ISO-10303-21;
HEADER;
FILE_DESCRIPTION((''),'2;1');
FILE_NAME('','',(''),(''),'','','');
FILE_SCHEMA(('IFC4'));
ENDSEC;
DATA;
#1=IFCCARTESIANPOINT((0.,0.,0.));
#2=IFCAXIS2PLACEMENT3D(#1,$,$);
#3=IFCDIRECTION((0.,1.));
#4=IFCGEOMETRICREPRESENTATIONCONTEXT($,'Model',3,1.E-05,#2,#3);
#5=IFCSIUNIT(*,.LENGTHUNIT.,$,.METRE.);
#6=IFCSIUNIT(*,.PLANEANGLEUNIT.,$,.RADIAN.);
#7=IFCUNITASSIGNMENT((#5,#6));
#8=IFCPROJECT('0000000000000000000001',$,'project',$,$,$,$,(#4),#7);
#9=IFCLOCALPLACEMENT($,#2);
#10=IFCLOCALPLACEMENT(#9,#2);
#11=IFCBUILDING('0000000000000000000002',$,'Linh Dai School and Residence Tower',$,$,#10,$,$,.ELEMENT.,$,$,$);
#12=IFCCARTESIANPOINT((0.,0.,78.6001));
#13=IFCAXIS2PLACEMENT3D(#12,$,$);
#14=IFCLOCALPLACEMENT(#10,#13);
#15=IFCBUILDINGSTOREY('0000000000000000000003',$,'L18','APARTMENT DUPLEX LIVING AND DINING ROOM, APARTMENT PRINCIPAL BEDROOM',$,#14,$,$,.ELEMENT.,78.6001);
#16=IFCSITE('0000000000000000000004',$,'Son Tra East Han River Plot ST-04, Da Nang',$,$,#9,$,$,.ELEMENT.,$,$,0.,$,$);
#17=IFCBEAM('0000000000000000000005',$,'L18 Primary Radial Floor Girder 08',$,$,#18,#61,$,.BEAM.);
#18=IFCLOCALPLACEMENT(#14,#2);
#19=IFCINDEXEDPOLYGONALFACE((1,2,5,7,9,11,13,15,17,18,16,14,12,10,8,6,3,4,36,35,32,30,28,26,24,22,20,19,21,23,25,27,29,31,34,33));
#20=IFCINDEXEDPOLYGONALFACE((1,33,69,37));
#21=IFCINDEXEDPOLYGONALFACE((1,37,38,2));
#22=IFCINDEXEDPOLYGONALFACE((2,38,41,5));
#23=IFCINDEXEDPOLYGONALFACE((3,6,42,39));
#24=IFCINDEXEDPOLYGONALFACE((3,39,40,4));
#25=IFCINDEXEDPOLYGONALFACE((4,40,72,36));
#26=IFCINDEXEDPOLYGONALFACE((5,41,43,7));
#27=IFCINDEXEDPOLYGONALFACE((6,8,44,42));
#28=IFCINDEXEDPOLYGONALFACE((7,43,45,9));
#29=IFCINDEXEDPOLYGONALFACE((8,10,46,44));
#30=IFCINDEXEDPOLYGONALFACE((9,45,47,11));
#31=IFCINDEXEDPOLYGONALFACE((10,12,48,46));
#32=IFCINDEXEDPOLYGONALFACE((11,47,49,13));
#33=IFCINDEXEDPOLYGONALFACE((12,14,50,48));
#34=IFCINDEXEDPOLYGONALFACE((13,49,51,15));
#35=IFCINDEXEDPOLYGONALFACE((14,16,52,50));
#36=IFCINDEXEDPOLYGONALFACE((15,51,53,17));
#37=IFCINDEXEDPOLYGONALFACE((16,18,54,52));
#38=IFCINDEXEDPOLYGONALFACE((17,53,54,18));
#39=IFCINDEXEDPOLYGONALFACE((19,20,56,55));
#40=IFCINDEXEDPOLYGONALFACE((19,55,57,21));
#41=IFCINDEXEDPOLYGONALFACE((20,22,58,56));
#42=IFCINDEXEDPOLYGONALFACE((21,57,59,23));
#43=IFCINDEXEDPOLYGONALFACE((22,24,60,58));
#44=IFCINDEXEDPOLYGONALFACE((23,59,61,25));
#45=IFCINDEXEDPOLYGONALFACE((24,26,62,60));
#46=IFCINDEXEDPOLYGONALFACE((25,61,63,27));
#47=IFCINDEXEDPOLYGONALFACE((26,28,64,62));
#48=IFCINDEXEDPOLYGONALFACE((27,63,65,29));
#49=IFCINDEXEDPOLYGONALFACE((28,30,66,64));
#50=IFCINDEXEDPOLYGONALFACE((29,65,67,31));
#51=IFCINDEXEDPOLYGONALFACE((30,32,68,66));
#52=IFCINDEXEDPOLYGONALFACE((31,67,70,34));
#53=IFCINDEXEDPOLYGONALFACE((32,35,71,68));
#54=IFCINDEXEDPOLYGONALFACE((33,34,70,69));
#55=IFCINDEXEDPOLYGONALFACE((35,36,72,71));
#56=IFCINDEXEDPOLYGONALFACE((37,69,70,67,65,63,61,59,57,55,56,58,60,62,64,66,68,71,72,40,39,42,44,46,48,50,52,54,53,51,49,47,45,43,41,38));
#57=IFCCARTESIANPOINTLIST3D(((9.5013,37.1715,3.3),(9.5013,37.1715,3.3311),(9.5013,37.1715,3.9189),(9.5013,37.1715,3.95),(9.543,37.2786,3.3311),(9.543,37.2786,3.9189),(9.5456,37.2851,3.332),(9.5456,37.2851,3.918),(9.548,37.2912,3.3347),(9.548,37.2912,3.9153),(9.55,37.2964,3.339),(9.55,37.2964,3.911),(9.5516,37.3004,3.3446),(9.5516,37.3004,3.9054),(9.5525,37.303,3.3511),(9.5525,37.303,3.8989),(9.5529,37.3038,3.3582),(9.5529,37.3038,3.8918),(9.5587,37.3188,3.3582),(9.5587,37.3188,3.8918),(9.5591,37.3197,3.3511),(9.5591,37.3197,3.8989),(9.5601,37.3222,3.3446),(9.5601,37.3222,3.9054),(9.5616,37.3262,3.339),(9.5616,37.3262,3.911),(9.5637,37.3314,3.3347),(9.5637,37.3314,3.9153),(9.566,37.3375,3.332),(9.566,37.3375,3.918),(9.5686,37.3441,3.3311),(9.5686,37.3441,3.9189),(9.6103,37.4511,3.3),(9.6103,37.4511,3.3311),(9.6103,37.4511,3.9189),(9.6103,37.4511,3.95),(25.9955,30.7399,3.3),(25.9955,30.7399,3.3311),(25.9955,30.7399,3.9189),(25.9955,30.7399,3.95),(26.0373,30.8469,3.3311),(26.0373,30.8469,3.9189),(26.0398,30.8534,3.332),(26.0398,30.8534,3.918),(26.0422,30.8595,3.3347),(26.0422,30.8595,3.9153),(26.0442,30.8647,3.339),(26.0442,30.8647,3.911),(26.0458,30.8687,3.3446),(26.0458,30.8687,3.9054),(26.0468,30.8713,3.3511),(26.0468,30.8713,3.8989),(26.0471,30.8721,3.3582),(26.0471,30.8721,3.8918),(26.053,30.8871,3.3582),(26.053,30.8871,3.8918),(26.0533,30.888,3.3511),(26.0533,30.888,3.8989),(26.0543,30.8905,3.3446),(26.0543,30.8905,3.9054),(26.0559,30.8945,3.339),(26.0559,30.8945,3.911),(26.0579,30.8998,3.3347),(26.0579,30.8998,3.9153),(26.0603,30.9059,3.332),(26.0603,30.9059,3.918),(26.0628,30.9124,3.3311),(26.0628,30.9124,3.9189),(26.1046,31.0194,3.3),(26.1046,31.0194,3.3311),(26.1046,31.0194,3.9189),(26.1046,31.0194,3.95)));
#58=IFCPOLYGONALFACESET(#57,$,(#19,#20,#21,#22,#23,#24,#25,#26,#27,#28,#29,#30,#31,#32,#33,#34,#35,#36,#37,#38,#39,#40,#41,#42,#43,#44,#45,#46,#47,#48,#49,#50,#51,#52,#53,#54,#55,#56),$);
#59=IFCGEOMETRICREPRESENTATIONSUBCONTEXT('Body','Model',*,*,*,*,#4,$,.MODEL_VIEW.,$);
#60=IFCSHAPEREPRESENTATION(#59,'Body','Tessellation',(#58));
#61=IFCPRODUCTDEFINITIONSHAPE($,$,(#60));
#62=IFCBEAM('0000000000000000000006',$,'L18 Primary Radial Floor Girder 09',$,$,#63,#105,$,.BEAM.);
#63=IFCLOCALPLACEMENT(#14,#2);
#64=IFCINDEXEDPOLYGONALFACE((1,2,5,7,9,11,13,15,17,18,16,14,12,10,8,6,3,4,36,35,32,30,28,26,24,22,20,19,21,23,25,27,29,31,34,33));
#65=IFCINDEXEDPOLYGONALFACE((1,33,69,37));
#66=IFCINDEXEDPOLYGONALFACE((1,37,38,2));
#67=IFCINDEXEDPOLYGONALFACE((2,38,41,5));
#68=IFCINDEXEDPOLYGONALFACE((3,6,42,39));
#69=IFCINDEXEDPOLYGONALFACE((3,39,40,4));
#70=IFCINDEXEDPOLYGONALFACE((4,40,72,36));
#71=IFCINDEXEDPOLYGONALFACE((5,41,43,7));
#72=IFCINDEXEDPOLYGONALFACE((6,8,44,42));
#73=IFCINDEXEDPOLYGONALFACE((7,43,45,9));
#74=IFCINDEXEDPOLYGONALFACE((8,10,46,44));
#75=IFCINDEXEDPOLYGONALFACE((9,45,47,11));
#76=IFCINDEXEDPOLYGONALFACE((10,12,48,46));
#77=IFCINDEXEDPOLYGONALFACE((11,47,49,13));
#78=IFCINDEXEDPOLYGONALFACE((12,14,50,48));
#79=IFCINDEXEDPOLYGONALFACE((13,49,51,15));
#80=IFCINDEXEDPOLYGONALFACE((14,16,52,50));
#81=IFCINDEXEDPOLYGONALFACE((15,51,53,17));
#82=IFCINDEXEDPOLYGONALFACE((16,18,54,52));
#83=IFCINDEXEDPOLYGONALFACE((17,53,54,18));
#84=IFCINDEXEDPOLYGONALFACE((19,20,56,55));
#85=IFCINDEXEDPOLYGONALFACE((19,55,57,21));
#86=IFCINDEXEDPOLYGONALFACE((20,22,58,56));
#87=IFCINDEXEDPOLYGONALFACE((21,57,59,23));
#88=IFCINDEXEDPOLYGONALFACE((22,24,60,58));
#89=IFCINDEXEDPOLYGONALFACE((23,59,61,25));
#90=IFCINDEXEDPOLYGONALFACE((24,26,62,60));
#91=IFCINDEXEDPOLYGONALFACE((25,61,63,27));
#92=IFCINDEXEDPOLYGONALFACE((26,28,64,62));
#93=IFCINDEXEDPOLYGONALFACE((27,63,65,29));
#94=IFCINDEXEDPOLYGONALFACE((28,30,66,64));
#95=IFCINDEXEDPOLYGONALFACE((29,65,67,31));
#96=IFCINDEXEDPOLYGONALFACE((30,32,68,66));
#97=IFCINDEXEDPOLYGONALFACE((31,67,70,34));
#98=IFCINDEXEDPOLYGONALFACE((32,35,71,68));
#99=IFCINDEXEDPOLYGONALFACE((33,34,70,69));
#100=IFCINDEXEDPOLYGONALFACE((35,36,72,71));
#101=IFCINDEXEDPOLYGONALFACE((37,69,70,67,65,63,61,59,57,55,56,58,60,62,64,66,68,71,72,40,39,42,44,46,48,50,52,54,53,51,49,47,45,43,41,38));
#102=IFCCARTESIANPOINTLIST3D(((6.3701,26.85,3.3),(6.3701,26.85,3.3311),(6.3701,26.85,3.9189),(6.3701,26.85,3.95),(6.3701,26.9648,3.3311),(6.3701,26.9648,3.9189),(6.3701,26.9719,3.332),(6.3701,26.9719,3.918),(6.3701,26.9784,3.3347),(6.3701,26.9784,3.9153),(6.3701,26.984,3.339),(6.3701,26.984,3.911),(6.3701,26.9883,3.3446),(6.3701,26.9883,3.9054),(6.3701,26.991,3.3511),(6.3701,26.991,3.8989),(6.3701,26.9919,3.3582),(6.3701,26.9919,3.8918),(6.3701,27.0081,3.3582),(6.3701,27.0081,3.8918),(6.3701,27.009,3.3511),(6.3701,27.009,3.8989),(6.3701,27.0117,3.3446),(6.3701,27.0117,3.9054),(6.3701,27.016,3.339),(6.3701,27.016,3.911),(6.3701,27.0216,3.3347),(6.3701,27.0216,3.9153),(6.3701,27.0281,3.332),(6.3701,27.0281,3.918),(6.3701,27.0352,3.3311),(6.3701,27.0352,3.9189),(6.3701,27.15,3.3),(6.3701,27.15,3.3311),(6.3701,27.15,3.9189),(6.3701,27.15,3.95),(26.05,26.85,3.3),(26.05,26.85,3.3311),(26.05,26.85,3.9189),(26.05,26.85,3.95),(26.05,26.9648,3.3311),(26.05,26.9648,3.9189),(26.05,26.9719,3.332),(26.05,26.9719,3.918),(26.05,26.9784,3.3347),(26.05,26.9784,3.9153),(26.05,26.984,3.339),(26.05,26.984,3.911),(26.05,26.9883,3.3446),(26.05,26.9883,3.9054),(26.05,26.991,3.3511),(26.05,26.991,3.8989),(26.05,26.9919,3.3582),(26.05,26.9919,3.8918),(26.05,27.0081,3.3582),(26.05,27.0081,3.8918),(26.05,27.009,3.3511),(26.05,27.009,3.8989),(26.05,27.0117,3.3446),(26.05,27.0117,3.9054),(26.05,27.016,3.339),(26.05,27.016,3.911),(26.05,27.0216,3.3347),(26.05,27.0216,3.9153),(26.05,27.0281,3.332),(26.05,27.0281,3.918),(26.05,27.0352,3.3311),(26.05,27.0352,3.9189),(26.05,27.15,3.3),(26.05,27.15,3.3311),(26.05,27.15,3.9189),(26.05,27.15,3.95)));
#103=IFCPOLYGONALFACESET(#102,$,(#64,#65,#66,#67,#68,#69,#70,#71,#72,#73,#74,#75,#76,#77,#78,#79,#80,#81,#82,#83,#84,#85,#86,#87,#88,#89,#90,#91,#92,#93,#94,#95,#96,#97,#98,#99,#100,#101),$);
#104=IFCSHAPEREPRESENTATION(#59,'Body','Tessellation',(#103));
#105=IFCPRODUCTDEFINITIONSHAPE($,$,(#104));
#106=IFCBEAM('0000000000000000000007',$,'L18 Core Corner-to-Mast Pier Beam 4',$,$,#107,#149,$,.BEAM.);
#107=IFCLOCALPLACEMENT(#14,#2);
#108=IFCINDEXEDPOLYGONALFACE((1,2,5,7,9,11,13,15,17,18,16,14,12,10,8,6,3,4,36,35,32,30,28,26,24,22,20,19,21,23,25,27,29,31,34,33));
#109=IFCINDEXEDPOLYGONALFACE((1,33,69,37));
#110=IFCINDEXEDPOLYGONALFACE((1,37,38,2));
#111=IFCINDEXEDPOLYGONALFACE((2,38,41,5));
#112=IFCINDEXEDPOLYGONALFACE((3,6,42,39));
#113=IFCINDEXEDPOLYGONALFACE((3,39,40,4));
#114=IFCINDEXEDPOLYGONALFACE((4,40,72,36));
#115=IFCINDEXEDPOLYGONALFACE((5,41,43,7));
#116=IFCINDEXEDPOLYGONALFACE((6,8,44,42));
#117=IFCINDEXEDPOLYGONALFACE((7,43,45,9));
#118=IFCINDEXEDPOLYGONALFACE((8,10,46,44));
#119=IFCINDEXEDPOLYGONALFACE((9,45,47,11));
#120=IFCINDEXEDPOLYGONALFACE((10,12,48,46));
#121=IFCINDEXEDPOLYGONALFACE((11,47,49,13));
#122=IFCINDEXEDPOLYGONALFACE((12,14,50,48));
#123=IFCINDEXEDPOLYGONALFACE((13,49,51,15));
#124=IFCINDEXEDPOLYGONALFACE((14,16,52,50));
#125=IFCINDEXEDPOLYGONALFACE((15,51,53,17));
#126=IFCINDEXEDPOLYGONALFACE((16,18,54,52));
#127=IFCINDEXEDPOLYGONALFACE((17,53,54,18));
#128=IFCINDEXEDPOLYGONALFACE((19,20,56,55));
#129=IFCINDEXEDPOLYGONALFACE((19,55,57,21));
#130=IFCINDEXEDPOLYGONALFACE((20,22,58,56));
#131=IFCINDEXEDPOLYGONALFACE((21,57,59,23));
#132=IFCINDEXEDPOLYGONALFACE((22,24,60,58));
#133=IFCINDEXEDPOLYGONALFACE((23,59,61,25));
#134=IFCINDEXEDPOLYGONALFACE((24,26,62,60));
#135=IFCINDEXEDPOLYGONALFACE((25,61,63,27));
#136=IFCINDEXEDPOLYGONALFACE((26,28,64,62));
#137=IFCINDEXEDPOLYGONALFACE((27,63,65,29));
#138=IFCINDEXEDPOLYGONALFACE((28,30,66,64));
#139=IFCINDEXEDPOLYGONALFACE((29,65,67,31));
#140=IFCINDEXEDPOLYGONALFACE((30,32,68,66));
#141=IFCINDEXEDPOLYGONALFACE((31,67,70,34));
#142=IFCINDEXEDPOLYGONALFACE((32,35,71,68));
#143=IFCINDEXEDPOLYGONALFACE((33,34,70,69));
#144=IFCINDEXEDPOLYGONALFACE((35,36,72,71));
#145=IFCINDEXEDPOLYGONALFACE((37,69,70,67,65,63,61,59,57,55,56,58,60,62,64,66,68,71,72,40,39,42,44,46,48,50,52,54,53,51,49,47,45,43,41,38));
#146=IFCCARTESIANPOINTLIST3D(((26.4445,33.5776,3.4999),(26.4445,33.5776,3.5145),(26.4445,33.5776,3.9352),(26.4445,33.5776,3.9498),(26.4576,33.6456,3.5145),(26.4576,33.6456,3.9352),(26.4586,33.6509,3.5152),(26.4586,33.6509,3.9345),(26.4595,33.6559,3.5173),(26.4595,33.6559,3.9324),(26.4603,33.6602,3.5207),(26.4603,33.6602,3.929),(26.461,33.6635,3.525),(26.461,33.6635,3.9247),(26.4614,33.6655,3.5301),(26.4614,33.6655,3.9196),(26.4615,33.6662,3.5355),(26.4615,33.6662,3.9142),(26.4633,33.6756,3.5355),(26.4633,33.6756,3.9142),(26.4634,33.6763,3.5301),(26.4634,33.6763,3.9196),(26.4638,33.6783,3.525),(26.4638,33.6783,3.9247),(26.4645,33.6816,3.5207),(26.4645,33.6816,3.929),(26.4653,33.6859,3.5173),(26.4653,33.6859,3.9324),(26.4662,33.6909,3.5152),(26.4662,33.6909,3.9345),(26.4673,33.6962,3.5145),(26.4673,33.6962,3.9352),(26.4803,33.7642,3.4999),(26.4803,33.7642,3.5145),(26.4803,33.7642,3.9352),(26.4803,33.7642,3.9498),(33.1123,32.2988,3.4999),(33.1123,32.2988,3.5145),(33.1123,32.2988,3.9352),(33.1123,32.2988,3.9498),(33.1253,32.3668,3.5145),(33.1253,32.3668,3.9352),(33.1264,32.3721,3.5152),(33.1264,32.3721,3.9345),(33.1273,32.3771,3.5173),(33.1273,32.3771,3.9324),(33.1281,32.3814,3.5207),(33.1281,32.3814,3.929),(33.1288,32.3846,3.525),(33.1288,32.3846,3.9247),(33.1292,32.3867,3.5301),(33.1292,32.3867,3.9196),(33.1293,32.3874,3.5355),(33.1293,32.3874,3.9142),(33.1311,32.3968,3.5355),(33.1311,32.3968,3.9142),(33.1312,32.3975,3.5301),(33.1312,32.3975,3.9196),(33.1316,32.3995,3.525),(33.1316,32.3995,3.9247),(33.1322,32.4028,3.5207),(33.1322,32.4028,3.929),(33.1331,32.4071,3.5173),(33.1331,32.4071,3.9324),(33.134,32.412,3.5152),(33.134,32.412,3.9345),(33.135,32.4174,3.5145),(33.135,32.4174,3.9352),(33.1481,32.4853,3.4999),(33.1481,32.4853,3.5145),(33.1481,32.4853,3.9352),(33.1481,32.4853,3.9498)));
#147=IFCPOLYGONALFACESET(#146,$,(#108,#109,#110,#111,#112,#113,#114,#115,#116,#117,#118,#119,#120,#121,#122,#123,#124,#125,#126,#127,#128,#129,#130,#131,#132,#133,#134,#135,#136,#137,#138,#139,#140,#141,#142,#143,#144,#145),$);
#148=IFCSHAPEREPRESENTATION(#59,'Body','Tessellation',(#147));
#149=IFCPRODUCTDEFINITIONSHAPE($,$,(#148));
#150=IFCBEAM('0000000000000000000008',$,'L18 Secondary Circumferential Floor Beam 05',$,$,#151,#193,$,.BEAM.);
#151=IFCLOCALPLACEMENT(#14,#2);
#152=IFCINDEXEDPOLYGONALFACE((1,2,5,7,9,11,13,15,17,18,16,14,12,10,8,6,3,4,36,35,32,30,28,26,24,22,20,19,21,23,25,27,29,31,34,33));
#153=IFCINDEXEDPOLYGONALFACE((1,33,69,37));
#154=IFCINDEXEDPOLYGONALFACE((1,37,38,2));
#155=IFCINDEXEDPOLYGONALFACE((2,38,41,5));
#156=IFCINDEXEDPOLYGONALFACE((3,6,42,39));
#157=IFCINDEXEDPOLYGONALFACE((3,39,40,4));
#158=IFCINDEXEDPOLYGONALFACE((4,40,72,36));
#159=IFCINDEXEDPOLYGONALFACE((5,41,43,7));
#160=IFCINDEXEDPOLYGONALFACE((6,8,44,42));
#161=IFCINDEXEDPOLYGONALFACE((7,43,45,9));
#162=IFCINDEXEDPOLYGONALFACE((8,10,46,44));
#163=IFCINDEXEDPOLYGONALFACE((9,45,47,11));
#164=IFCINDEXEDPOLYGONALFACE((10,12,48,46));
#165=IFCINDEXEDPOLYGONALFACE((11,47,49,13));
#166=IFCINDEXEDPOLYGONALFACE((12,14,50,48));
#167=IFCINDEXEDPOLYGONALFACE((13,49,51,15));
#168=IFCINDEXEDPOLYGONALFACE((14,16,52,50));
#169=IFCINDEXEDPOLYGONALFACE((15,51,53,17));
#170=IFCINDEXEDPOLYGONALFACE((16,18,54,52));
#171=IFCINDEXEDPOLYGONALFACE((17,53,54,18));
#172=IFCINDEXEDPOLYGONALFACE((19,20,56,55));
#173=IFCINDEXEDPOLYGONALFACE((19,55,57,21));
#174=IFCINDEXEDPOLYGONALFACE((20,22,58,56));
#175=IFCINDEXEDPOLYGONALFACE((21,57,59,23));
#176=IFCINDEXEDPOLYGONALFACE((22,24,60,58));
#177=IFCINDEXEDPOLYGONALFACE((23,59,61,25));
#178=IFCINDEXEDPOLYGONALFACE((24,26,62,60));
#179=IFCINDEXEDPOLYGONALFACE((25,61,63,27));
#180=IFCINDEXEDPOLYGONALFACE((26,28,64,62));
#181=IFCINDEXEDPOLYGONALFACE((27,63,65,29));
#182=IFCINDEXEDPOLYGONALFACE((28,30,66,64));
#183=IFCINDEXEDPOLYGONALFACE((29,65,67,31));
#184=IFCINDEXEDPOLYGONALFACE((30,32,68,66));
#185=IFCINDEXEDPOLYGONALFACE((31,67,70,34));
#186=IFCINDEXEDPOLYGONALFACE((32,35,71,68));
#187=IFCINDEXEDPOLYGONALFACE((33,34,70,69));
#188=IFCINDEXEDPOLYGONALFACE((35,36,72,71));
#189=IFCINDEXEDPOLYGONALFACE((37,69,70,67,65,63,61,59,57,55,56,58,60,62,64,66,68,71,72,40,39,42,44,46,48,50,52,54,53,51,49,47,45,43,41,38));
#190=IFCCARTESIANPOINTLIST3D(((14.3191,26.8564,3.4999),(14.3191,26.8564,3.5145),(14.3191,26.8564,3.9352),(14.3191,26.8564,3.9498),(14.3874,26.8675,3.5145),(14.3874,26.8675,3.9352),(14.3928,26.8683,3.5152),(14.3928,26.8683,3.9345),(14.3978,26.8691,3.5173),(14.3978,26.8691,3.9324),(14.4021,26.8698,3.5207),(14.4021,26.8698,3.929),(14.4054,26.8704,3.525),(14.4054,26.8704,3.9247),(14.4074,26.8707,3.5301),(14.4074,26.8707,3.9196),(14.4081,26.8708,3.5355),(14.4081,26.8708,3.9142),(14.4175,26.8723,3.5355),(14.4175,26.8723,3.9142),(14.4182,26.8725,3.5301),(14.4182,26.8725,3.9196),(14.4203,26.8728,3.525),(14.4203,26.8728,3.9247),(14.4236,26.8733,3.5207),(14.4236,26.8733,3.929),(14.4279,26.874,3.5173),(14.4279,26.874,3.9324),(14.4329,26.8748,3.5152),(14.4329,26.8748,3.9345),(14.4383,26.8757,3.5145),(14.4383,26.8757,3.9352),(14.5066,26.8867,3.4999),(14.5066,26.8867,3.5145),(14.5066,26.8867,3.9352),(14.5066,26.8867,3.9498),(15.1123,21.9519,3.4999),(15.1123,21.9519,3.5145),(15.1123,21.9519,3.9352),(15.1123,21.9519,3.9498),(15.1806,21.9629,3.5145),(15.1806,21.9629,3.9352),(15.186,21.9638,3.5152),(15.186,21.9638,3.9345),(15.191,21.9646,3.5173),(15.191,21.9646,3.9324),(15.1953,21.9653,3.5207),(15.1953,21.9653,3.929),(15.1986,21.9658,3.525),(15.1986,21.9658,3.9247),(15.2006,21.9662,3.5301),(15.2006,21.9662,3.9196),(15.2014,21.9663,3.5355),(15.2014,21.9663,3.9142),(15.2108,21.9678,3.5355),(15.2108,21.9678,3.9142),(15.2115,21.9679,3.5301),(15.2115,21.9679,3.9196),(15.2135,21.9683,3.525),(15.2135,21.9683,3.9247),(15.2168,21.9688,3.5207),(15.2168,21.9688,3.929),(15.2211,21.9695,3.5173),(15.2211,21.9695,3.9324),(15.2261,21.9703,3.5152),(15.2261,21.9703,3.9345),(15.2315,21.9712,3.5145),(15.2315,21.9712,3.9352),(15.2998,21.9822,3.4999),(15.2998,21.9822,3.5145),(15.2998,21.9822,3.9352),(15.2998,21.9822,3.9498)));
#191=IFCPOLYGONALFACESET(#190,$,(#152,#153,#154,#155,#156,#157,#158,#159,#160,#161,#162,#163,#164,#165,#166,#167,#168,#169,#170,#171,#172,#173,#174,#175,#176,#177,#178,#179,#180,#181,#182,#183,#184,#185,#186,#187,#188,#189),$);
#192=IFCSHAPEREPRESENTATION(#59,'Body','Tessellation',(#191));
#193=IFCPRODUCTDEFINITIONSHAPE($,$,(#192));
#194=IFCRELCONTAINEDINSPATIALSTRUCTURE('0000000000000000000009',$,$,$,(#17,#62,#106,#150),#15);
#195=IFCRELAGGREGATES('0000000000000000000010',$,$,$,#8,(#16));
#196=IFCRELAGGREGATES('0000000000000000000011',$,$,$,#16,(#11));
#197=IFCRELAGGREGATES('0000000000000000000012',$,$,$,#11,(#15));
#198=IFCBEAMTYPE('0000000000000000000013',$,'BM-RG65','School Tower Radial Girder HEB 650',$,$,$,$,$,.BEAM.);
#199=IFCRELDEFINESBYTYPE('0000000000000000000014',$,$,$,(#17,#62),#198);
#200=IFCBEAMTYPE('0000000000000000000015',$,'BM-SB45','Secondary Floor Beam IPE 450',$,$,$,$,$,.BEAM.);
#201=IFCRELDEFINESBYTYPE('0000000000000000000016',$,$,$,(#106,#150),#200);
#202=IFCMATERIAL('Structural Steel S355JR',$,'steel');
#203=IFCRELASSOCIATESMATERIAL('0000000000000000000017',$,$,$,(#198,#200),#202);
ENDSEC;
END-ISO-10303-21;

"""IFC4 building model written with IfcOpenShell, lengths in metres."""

from ifc_helpers import new_model, si_unit, direction, frame, origin, origin_2d, place, context, subcontext, project, spatial, i_section, extrude, material, material_profile, profile_set, type_object, element, save


model = new_model("IFC4")

# Units and contexts
model_context = context("Model", 3, precision=1e-05, world=origin(), true_north=direction((0.0, 1.0)))
body_context = subcontext(model_context, "Body", "Model", "MODEL_VIEW")
ifc_project = project(units=[si_unit("LENGTHUNIT", "METRE"), si_unit("PLANEANGLEUNIT", "RADIAN")], contexts=[model_context])

# Site, building, storey
site_placement = place(None, origin())
site = spatial("IfcSite", under=ifc_project, at=site_placement, Name="Son Tra East Han River Plot ST-04, Da Nang", CompositionType="ELEMENT", RefElevation=0.0)
building_placement = place(site_placement, origin())
building = spatial("IfcBuilding", under=site, at=building_placement, Name="Linh Dai School and Residence Tower", CompositionType="ELEMENT")
storey_placement = place(building_placement, frame((0.0, 0.0, 78.6001)))
storey = spatial("IfcBuildingStorey", under=building, at=storey_placement, Name="L18", Description="APARTMENT DUPLEX LIVING AND DINING ROOM, APARTMENT PRINCIPAL BEDROOM", CompositionType="ELEMENT", Elevation=78.6001)

# Shared definitions
ifc_material_1 = material(Name="Structural Steel S355JR", Category="steel")

# Beams
ifc_material_profile_1 = material_profile(ifc_material_1, i_section(OverallWidth=0.3, OverallDepth=0.6499, WebThickness=0.0161, FlangeThickness=0.031, FilletRadius=0.0271, at=origin_2d()), Name="HEB 650")
ifc_profile_set_1 = profile_set([ifc_material_profile_1], Name="Structural Steel S355JR")
beam_type_1 = type_object("IfcBeamType", Name="BM-RG65", Description="School Tower Radial Girder HEB 650", PredefinedType="BEAM", material=ifc_profile_set_1)
beam_1_placement = place(storey_placement, frame((26.05, 30.8796, 3.625), z_axis=(-0.931675, 0.363293, 0.0), x_axis=(-0.363293, -0.931675, 0.0)))
element("IfcBeam", 1, at=beam_1_placement, inside=storey, type_object=beam_type_1, Name="L18 Primary Radial Floor Girder 08", PredefinedType="BEAM", context=body_context, shape_type="SweptSolid", body=[
    extrude(i_section(OverallWidth=0.3, OverallDepth=0.6499, WebThickness=0.0161, FlangeThickness=0.031, FilletRadius=0.0271, at=origin_2d()), origin(), (0.0, 0.0, 1.0), 17.7039),
])
beam_2_placement = place(storey_placement, frame((26.05, 27.0, 3.625), z_axis=(-1.0, 0.0, 0.0), x_axis=(0.0, -1.0, 0.0)))
element("IfcBeam", 2, at=beam_2_placement, inside=storey, type_object=beam_type_1, Name="L18 Primary Radial Floor Girder 09", PredefinedType="BEAM", context=body_context, shape_type="SweptSolid", body=[
    extrude(i_section(OverallWidth=0.3, OverallDepth=0.6499, WebThickness=0.0161, FlangeThickness=0.031, FilletRadius=0.0271, at=origin_2d()), origin(), (0.0, 0.0, 1.0), 19.6799),
])
ifc_material_profile_2 = material_profile(ifc_material_1, i_section(OverallWidth=0.1899, OverallDepth=0.45, WebThickness=0.0095, FlangeThickness=0.0146, FilletRadius=0.021, at=origin_2d()), Name="IPE 450")
ifc_profile_set_2 = profile_set([ifc_material_profile_2], Name="Structural Steel S355JR")
beam_type_2 = type_object("IfcBeamType", Name="BM-SB45", Description="Secondary Floor Beam IPE 450", PredefinedType="BEAM", material=ifc_profile_set_2)
beam_3_placement = place(storey_placement, frame((26.4624, 33.6709, 3.7249), z_axis=(0.9821, -0.188358, 0.0), x_axis=(0.188358, 0.9821, 0.0)))
element("IfcBeam", 3, at=beam_3_placement, inside=storey, type_object=beam_type_2, Name="L18 Core Corner-to-Mast Pier Beam 4", PredefinedType="BEAM", context=body_context, shape_type="SweptSolid", body=[
    extrude(i_section(OverallWidth=0.1899, OverallDepth=0.45, WebThickness=0.0095, FlangeThickness=0.0146, FilletRadius=0.021, at=origin_2d()), origin(), (0.0, 0.0, 1.0), 6.7893),
])
beam_4_placement = place(storey_placement, frame((14.4128, 26.8716, 3.7249), z_axis=(0.159656, -0.987173, 0.0), x_axis=(0.987173, 0.159656, 0.0)))
element("IfcBeam", 4, at=beam_4_placement, inside=storey, type_object=beam_type_2, Name="L18 Secondary Circumferential Floor Beam 05", PredefinedType="BEAM", context=body_context, shape_type="SweptSolid", body=[
    extrude(i_section(OverallWidth=0.1899, OverallDepth=0.45, WebThickness=0.0095, FlangeThickness=0.0146, FilletRadius=0.021, at=origin_2d()), origin(), (0.0, 0.0, 1.0), 4.9683),
])

save(model, "model.ifc")
